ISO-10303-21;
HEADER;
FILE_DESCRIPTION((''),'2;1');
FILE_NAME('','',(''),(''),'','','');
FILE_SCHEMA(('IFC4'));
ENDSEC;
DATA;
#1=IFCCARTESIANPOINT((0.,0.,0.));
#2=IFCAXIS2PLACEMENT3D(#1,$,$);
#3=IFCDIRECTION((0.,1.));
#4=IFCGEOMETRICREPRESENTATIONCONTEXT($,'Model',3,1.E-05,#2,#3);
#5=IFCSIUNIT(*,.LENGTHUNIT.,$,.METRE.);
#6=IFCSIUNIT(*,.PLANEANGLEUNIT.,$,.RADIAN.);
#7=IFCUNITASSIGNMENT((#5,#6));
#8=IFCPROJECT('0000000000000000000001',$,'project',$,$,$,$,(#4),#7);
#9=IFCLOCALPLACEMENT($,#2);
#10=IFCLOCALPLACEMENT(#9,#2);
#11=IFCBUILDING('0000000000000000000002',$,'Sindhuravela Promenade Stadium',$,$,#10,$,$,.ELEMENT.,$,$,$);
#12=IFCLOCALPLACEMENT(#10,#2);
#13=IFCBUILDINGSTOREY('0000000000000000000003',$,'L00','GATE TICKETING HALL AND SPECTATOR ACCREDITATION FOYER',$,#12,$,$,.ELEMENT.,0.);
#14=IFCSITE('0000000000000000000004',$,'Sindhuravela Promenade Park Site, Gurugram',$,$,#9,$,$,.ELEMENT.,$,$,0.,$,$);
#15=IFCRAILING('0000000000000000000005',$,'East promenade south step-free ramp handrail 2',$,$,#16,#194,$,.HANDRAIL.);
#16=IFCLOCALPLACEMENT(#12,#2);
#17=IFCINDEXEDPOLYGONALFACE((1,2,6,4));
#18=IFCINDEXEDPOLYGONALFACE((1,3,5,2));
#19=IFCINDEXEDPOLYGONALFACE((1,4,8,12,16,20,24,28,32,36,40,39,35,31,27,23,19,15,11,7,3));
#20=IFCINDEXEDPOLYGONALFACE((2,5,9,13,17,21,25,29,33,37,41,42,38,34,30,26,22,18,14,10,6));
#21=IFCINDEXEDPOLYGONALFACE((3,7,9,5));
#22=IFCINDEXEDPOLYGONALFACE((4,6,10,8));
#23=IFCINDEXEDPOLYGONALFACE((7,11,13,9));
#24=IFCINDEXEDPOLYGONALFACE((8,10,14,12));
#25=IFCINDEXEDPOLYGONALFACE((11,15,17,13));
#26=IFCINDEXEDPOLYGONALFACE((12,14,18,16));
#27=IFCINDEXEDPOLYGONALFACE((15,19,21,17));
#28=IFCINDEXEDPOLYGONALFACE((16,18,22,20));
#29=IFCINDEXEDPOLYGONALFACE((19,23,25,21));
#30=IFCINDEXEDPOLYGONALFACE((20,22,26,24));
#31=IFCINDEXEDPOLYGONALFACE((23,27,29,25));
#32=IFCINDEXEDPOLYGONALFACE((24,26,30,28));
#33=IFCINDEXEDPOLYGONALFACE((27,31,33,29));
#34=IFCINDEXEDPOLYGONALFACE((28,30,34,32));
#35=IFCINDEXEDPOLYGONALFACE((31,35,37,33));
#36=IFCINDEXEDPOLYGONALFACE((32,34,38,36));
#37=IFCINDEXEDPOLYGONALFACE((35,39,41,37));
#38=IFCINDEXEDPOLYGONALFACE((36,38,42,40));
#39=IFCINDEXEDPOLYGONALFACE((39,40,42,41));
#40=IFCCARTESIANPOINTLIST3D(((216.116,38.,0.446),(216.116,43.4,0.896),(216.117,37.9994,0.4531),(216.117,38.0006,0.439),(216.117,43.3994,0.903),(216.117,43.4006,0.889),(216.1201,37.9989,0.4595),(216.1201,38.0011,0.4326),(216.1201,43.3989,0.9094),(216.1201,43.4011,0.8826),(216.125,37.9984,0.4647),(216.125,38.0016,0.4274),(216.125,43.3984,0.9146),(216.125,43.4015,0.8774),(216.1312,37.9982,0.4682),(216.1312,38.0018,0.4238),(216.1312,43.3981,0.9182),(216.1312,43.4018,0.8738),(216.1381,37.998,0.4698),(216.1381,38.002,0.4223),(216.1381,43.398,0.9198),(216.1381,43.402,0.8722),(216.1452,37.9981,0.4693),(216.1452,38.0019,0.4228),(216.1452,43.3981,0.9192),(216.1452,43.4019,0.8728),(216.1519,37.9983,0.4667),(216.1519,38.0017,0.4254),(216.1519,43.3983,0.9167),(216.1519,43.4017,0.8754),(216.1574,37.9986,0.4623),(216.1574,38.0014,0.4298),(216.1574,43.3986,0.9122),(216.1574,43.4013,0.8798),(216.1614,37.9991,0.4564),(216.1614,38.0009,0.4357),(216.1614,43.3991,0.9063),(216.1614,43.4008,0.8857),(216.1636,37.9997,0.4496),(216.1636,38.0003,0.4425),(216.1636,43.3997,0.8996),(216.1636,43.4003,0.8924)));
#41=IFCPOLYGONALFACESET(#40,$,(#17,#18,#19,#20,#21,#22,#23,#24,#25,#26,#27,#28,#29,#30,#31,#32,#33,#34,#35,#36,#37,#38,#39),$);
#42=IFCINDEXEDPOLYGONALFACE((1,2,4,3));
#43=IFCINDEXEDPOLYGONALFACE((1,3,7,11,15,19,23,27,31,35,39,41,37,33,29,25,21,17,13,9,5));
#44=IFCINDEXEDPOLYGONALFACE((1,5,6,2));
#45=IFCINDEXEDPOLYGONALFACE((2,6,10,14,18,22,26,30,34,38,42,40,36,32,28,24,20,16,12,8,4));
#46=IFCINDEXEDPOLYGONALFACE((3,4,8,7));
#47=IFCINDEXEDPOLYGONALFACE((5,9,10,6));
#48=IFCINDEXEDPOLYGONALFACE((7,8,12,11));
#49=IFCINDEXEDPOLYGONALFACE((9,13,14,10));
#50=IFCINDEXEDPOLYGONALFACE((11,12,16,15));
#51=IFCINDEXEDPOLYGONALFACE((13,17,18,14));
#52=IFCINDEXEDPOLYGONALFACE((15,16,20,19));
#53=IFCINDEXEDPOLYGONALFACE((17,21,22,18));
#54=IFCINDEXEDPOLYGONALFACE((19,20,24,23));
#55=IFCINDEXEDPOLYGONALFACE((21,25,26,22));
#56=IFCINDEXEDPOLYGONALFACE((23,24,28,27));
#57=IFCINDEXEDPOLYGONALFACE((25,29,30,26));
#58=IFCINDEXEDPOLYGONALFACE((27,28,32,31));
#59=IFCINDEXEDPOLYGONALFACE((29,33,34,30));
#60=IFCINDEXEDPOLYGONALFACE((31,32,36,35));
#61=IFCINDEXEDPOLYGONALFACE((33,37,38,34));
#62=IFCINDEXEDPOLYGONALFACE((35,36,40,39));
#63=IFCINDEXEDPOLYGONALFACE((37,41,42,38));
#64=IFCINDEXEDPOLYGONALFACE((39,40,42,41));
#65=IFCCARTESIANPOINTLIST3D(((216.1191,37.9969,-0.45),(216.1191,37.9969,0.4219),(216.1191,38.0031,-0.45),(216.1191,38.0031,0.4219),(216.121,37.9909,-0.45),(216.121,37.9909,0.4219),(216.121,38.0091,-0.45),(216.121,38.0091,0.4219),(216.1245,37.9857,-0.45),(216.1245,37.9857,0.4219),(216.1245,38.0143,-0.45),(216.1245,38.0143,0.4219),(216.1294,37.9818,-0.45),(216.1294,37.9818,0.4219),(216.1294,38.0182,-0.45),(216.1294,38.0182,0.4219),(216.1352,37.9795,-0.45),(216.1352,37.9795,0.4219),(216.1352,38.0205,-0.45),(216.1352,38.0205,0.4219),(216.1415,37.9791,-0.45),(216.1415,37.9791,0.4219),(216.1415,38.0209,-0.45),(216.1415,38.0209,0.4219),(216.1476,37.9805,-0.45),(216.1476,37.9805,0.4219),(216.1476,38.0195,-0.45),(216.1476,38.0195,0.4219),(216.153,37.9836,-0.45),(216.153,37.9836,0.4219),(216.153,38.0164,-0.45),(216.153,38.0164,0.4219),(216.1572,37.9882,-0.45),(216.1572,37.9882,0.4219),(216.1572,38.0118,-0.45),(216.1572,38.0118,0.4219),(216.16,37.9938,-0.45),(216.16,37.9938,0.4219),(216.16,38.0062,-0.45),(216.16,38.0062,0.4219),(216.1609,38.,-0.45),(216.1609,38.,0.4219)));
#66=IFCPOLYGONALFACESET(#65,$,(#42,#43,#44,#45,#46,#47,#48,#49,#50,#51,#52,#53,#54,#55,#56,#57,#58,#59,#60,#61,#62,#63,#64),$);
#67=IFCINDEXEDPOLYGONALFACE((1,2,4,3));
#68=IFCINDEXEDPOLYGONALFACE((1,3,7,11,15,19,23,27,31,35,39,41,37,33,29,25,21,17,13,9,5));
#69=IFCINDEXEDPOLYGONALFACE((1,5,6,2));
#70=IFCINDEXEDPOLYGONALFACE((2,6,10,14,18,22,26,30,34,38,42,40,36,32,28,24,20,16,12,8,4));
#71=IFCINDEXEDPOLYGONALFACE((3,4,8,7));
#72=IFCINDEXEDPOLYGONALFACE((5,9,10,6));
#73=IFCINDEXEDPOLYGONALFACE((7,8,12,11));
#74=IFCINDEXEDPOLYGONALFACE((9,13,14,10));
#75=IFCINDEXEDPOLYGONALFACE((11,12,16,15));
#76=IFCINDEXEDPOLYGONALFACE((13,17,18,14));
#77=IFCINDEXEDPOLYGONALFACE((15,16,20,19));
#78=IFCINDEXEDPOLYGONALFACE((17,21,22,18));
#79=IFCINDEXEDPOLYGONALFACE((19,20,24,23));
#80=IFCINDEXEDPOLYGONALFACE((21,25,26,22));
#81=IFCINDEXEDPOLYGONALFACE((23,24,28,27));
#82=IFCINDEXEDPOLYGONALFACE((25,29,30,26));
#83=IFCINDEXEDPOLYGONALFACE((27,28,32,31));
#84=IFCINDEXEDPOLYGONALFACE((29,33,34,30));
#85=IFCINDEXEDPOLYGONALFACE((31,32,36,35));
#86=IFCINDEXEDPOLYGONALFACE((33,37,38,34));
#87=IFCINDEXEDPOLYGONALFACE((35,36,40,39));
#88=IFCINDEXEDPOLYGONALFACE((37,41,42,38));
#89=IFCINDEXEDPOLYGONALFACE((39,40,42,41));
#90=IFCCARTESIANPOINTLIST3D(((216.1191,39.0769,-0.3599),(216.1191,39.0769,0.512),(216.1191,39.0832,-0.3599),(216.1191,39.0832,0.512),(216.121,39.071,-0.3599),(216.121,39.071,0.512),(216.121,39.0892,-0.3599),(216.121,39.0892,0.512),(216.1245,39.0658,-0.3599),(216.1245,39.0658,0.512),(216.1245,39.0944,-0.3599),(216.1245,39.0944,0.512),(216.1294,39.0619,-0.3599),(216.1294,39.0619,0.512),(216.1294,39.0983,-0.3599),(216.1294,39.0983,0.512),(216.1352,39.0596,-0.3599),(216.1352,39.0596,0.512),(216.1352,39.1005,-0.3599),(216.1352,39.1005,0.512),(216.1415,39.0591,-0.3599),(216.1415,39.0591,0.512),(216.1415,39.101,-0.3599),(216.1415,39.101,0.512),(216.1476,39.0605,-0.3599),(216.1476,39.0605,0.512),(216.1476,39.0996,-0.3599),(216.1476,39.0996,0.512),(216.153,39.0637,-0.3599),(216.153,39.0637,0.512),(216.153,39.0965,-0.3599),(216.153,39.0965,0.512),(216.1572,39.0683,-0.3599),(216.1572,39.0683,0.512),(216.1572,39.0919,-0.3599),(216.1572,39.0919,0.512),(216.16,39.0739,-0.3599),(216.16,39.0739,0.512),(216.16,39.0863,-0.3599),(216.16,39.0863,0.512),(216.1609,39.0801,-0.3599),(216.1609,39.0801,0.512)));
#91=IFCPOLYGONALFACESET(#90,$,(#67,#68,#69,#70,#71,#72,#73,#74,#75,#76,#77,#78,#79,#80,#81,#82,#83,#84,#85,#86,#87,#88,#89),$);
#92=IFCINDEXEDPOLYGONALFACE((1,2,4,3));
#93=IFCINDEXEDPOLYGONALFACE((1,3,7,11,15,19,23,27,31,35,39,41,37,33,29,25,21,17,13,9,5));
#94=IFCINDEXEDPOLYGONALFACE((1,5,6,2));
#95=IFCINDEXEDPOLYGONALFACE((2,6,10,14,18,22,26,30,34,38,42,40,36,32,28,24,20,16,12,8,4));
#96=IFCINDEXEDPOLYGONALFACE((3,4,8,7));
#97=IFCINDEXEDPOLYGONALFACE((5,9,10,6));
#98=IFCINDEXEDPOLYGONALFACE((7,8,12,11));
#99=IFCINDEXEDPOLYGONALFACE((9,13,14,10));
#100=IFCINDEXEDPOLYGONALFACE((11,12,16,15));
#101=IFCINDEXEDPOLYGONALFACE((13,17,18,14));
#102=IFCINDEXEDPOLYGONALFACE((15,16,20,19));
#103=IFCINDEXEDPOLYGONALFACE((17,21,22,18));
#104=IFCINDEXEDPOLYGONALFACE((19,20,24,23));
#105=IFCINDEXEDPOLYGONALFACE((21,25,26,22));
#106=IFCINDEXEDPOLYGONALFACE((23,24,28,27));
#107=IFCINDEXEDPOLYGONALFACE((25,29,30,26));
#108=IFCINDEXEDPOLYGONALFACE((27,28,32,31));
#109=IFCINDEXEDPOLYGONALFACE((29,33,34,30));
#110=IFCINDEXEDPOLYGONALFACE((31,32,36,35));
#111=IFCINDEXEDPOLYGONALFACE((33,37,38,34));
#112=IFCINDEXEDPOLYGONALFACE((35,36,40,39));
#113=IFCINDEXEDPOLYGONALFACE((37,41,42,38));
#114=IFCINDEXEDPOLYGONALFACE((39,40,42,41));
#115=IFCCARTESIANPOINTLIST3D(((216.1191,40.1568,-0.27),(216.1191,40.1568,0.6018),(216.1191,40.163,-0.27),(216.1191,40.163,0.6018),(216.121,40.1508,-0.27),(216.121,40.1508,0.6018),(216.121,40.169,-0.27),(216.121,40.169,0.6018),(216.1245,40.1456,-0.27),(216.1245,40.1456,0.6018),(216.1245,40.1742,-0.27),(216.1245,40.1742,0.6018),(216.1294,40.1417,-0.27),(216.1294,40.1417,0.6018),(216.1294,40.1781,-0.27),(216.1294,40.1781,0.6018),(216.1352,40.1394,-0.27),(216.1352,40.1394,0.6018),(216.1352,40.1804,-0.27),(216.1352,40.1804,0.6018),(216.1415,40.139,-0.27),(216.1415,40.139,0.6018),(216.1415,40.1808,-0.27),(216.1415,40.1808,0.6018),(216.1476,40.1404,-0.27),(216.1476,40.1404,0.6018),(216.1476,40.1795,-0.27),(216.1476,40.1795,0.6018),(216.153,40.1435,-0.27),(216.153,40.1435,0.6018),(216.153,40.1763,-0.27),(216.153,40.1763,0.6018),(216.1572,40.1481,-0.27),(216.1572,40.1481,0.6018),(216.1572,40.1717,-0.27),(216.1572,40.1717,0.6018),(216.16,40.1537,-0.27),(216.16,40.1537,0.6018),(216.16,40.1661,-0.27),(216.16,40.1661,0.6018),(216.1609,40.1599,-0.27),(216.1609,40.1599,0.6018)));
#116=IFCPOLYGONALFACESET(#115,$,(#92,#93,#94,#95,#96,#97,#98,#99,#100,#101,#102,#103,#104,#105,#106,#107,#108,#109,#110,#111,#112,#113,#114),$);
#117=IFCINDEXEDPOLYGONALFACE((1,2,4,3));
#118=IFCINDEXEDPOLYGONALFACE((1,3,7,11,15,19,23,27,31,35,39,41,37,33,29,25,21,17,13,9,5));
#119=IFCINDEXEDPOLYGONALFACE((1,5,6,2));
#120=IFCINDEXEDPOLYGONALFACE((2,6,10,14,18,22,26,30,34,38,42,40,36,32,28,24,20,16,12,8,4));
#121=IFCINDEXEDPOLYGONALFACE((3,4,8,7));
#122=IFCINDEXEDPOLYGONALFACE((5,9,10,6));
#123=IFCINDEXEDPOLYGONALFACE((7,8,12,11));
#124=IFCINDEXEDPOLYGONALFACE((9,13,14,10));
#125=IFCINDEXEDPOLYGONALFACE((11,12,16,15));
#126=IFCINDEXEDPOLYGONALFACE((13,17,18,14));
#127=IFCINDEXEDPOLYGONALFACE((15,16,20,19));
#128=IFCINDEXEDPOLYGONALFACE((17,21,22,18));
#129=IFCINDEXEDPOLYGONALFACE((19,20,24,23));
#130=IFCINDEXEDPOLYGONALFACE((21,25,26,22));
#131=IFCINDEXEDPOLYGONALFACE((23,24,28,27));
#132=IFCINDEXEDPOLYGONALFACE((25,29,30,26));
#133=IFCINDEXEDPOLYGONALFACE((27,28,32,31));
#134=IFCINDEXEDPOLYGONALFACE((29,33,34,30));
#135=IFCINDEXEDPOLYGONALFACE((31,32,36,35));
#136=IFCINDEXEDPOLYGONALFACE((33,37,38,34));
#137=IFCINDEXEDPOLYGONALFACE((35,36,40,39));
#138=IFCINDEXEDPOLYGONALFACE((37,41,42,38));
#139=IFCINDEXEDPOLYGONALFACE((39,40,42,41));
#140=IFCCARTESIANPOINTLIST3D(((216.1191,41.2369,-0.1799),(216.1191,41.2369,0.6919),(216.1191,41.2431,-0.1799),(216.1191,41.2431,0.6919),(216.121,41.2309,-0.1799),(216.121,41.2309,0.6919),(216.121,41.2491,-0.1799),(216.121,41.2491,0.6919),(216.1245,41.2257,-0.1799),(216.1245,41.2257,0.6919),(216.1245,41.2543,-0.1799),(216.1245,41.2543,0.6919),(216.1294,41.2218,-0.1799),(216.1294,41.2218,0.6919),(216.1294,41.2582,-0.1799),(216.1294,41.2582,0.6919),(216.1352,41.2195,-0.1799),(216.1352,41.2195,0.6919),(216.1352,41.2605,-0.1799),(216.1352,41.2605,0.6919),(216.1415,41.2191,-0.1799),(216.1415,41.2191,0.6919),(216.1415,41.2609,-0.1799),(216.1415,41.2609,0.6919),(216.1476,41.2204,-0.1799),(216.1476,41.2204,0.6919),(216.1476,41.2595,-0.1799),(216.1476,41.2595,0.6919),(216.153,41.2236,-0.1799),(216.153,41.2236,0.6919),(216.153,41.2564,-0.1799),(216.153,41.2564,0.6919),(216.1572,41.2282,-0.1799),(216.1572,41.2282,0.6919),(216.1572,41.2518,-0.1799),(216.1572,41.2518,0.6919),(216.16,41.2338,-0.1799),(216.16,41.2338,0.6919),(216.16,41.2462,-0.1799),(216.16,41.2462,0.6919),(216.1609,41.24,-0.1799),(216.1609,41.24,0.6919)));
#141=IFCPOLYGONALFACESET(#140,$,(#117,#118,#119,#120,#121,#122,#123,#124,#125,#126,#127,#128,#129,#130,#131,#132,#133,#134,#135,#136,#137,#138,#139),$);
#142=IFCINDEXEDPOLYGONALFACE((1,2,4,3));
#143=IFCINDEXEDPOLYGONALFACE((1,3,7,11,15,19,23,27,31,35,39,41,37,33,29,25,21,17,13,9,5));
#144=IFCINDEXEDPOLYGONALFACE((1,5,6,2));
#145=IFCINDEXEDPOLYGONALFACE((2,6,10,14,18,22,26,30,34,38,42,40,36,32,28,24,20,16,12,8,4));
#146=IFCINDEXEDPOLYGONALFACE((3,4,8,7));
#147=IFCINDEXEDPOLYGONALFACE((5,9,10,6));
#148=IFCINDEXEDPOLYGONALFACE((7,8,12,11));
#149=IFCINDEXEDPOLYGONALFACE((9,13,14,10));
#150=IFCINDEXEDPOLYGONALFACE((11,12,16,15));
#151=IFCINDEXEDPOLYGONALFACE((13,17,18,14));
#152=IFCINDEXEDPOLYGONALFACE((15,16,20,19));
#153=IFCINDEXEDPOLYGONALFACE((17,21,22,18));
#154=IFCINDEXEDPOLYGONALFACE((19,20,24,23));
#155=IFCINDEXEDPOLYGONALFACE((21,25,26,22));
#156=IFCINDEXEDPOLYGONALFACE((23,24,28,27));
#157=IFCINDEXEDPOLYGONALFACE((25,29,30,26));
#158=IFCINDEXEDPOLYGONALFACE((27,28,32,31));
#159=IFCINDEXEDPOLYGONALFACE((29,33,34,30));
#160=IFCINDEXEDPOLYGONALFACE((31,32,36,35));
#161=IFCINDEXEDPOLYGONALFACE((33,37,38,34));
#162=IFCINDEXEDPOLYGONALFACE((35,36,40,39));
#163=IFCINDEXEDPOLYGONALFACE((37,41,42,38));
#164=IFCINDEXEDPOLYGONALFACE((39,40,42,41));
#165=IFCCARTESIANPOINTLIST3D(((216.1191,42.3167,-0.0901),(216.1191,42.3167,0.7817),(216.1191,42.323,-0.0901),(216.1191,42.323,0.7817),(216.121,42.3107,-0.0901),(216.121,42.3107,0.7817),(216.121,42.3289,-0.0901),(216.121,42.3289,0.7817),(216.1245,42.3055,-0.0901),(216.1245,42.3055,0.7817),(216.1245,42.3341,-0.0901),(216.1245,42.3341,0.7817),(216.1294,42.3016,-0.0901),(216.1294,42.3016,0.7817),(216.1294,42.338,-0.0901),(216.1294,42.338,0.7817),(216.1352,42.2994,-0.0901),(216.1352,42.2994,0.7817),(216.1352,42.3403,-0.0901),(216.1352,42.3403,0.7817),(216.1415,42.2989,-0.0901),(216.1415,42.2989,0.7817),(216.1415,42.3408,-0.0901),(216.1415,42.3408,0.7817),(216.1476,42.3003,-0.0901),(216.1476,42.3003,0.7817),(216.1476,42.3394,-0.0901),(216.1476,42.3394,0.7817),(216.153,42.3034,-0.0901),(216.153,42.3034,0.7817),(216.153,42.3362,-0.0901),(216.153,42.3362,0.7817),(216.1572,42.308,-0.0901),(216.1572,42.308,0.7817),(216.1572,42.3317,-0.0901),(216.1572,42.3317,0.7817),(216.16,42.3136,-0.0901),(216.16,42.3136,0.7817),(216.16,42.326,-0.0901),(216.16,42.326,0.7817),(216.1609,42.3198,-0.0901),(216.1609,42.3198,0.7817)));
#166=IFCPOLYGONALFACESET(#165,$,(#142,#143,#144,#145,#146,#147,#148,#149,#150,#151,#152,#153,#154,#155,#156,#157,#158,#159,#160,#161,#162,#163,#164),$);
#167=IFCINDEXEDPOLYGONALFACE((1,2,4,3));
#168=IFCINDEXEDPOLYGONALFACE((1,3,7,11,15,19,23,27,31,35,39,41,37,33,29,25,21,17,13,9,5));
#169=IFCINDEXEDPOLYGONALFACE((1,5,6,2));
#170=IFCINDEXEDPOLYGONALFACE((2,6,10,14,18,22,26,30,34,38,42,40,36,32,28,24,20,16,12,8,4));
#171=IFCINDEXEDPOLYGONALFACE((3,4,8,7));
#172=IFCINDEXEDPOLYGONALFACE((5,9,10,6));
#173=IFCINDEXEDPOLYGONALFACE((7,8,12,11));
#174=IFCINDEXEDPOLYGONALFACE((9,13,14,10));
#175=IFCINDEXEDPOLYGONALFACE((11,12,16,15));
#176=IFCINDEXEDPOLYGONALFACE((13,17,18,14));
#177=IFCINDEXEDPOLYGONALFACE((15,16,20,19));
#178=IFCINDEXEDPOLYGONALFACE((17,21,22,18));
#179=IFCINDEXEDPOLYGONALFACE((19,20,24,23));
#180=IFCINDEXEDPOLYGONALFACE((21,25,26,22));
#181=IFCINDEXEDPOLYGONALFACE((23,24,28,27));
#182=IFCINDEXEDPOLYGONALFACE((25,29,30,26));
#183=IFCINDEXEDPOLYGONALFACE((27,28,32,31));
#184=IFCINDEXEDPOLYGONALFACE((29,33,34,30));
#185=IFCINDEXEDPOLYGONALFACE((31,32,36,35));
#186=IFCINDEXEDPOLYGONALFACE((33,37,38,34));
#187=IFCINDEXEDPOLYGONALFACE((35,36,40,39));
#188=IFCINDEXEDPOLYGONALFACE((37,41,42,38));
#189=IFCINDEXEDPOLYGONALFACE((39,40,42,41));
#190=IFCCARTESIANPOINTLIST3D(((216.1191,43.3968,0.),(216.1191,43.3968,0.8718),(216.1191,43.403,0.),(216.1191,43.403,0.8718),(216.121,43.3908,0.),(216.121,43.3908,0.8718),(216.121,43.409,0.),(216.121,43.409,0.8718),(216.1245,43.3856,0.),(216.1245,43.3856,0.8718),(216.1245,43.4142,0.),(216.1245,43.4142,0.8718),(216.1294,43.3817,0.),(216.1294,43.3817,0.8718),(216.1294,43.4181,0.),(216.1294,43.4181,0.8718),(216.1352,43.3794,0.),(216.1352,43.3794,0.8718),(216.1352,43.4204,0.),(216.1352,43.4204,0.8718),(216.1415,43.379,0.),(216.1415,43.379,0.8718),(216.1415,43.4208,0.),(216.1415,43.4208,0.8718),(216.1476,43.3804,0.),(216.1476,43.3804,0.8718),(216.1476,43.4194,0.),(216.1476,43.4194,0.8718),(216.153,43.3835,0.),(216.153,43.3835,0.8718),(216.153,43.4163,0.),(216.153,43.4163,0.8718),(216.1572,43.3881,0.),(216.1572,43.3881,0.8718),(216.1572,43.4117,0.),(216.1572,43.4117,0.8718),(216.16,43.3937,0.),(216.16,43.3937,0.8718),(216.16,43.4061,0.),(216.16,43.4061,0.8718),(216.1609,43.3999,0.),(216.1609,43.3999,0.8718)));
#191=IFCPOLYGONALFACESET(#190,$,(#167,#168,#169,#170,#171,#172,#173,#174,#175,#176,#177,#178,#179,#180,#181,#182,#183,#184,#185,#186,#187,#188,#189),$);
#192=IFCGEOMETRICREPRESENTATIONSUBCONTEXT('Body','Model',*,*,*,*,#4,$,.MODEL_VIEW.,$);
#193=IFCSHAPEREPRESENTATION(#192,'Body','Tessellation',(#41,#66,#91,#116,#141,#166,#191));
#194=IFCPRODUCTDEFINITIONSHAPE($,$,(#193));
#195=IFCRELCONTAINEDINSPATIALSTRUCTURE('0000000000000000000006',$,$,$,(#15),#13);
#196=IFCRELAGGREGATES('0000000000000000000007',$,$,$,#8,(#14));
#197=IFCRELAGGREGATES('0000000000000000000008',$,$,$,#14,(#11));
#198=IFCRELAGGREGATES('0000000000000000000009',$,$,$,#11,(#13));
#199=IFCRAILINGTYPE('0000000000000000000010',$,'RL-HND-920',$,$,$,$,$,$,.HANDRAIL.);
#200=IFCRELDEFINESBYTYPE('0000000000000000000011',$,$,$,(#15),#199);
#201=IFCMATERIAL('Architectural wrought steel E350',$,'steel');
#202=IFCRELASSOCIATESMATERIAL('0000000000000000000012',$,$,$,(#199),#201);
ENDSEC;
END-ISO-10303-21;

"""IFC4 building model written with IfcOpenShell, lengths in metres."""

from ifc_helpers import new_model, si_unit, direction, frame, origin, origin_2d, place, context, subcontext, project, spatial, circle, extrude, material, type_object, element, save


model = new_model("IFC4")

# Units and contexts
model_context = context("Model", 3, precision=1e-05, world=origin(), true_north=direction((0.0, 1.0)))
body_context = subcontext(model_context, "Body", "Model", "MODEL_VIEW")
ifc_project = project(units=[si_unit("LENGTHUNIT", "METRE"), si_unit("PLANEANGLEUNIT", "RADIAN")], contexts=[model_context])

# Site, building, storey
site_placement = place(None, origin())
site = spatial("IfcSite", under=ifc_project, at=site_placement, Name="Sindhuravela Promenade Park Site, Gurugram", CompositionType="ELEMENT", RefElevation=0.0)
building_placement = place(site_placement, origin())
building = spatial("IfcBuilding", under=site, at=building_placement, Name="Sindhuravela Promenade Stadium", CompositionType="ELEMENT")
storey_placement = place(building_placement, origin())
storey = spatial("IfcBuildingStorey", under=building, at=storey_placement, Name="L00", Description="GATE TICKETING HALL AND SPECTATOR ACCREDITATION FOYER", CompositionType="ELEMENT", Elevation=0.0)

# Railing
ifc_material_1 = material(Name="Architectural wrought steel E350", Category="steel")
railing_type = type_object("IfcRailingType", Name="RL-HND-920", PredefinedType="HANDRAIL", material=ifc_material_1)
for number, where, name in (
    (1, (216.1399, 38.0, -0.45), "East promenade south step-free ramp handrail 2"),
):
    element("IfcRailing", number, at=place(storey_placement, frame(where)), inside=storey, type_object=railing_type, Name=name, PredefinedType="HANDRAIL", context=body_context, shape_type="SweptSolid", body=[
        extrude(circle(Radius=0.0239, at=origin_2d()), frame((0.0, 0.0, 0.896), z_axis=(0.0, 0.996546, 0.083038), x_axis=(-1.0, 0.0, 0.0)), (0.0, 0.0, 1.0), 5.4187),
        extrude(circle(Radius=0.021, at=origin_2d()), origin(), (0.0, 0.0, 1.0), 0.8718),
        extrude(circle(Radius=0.021, at=origin_2d()), frame((0.0, 1.0801, 0.0901)), (0.0, 0.0, 1.0), 0.8718),
        extrude(circle(Radius=0.021, at=origin_2d()), frame((0.0, 2.1599, 0.1799)), (0.0, 0.0, 1.0), 0.8718),
        extrude(circle(Radius=0.021, at=origin_2d()), frame((0.0, 3.24, 0.27)), (0.0, 0.0, 1.0), 0.8718),
        extrude(circle(Radius=0.021, at=origin_2d()), frame((0.0, 4.3198, 0.3599)), (0.0, 0.0, 1.0), 0.8718),
        extrude(circle(Radius=0.021, at=origin_2d()), frame((0.0, 5.3999, 0.45)), (0.0, 0.0, 1.0), 0.8718),
    ])

save(model, "model.ifc")
